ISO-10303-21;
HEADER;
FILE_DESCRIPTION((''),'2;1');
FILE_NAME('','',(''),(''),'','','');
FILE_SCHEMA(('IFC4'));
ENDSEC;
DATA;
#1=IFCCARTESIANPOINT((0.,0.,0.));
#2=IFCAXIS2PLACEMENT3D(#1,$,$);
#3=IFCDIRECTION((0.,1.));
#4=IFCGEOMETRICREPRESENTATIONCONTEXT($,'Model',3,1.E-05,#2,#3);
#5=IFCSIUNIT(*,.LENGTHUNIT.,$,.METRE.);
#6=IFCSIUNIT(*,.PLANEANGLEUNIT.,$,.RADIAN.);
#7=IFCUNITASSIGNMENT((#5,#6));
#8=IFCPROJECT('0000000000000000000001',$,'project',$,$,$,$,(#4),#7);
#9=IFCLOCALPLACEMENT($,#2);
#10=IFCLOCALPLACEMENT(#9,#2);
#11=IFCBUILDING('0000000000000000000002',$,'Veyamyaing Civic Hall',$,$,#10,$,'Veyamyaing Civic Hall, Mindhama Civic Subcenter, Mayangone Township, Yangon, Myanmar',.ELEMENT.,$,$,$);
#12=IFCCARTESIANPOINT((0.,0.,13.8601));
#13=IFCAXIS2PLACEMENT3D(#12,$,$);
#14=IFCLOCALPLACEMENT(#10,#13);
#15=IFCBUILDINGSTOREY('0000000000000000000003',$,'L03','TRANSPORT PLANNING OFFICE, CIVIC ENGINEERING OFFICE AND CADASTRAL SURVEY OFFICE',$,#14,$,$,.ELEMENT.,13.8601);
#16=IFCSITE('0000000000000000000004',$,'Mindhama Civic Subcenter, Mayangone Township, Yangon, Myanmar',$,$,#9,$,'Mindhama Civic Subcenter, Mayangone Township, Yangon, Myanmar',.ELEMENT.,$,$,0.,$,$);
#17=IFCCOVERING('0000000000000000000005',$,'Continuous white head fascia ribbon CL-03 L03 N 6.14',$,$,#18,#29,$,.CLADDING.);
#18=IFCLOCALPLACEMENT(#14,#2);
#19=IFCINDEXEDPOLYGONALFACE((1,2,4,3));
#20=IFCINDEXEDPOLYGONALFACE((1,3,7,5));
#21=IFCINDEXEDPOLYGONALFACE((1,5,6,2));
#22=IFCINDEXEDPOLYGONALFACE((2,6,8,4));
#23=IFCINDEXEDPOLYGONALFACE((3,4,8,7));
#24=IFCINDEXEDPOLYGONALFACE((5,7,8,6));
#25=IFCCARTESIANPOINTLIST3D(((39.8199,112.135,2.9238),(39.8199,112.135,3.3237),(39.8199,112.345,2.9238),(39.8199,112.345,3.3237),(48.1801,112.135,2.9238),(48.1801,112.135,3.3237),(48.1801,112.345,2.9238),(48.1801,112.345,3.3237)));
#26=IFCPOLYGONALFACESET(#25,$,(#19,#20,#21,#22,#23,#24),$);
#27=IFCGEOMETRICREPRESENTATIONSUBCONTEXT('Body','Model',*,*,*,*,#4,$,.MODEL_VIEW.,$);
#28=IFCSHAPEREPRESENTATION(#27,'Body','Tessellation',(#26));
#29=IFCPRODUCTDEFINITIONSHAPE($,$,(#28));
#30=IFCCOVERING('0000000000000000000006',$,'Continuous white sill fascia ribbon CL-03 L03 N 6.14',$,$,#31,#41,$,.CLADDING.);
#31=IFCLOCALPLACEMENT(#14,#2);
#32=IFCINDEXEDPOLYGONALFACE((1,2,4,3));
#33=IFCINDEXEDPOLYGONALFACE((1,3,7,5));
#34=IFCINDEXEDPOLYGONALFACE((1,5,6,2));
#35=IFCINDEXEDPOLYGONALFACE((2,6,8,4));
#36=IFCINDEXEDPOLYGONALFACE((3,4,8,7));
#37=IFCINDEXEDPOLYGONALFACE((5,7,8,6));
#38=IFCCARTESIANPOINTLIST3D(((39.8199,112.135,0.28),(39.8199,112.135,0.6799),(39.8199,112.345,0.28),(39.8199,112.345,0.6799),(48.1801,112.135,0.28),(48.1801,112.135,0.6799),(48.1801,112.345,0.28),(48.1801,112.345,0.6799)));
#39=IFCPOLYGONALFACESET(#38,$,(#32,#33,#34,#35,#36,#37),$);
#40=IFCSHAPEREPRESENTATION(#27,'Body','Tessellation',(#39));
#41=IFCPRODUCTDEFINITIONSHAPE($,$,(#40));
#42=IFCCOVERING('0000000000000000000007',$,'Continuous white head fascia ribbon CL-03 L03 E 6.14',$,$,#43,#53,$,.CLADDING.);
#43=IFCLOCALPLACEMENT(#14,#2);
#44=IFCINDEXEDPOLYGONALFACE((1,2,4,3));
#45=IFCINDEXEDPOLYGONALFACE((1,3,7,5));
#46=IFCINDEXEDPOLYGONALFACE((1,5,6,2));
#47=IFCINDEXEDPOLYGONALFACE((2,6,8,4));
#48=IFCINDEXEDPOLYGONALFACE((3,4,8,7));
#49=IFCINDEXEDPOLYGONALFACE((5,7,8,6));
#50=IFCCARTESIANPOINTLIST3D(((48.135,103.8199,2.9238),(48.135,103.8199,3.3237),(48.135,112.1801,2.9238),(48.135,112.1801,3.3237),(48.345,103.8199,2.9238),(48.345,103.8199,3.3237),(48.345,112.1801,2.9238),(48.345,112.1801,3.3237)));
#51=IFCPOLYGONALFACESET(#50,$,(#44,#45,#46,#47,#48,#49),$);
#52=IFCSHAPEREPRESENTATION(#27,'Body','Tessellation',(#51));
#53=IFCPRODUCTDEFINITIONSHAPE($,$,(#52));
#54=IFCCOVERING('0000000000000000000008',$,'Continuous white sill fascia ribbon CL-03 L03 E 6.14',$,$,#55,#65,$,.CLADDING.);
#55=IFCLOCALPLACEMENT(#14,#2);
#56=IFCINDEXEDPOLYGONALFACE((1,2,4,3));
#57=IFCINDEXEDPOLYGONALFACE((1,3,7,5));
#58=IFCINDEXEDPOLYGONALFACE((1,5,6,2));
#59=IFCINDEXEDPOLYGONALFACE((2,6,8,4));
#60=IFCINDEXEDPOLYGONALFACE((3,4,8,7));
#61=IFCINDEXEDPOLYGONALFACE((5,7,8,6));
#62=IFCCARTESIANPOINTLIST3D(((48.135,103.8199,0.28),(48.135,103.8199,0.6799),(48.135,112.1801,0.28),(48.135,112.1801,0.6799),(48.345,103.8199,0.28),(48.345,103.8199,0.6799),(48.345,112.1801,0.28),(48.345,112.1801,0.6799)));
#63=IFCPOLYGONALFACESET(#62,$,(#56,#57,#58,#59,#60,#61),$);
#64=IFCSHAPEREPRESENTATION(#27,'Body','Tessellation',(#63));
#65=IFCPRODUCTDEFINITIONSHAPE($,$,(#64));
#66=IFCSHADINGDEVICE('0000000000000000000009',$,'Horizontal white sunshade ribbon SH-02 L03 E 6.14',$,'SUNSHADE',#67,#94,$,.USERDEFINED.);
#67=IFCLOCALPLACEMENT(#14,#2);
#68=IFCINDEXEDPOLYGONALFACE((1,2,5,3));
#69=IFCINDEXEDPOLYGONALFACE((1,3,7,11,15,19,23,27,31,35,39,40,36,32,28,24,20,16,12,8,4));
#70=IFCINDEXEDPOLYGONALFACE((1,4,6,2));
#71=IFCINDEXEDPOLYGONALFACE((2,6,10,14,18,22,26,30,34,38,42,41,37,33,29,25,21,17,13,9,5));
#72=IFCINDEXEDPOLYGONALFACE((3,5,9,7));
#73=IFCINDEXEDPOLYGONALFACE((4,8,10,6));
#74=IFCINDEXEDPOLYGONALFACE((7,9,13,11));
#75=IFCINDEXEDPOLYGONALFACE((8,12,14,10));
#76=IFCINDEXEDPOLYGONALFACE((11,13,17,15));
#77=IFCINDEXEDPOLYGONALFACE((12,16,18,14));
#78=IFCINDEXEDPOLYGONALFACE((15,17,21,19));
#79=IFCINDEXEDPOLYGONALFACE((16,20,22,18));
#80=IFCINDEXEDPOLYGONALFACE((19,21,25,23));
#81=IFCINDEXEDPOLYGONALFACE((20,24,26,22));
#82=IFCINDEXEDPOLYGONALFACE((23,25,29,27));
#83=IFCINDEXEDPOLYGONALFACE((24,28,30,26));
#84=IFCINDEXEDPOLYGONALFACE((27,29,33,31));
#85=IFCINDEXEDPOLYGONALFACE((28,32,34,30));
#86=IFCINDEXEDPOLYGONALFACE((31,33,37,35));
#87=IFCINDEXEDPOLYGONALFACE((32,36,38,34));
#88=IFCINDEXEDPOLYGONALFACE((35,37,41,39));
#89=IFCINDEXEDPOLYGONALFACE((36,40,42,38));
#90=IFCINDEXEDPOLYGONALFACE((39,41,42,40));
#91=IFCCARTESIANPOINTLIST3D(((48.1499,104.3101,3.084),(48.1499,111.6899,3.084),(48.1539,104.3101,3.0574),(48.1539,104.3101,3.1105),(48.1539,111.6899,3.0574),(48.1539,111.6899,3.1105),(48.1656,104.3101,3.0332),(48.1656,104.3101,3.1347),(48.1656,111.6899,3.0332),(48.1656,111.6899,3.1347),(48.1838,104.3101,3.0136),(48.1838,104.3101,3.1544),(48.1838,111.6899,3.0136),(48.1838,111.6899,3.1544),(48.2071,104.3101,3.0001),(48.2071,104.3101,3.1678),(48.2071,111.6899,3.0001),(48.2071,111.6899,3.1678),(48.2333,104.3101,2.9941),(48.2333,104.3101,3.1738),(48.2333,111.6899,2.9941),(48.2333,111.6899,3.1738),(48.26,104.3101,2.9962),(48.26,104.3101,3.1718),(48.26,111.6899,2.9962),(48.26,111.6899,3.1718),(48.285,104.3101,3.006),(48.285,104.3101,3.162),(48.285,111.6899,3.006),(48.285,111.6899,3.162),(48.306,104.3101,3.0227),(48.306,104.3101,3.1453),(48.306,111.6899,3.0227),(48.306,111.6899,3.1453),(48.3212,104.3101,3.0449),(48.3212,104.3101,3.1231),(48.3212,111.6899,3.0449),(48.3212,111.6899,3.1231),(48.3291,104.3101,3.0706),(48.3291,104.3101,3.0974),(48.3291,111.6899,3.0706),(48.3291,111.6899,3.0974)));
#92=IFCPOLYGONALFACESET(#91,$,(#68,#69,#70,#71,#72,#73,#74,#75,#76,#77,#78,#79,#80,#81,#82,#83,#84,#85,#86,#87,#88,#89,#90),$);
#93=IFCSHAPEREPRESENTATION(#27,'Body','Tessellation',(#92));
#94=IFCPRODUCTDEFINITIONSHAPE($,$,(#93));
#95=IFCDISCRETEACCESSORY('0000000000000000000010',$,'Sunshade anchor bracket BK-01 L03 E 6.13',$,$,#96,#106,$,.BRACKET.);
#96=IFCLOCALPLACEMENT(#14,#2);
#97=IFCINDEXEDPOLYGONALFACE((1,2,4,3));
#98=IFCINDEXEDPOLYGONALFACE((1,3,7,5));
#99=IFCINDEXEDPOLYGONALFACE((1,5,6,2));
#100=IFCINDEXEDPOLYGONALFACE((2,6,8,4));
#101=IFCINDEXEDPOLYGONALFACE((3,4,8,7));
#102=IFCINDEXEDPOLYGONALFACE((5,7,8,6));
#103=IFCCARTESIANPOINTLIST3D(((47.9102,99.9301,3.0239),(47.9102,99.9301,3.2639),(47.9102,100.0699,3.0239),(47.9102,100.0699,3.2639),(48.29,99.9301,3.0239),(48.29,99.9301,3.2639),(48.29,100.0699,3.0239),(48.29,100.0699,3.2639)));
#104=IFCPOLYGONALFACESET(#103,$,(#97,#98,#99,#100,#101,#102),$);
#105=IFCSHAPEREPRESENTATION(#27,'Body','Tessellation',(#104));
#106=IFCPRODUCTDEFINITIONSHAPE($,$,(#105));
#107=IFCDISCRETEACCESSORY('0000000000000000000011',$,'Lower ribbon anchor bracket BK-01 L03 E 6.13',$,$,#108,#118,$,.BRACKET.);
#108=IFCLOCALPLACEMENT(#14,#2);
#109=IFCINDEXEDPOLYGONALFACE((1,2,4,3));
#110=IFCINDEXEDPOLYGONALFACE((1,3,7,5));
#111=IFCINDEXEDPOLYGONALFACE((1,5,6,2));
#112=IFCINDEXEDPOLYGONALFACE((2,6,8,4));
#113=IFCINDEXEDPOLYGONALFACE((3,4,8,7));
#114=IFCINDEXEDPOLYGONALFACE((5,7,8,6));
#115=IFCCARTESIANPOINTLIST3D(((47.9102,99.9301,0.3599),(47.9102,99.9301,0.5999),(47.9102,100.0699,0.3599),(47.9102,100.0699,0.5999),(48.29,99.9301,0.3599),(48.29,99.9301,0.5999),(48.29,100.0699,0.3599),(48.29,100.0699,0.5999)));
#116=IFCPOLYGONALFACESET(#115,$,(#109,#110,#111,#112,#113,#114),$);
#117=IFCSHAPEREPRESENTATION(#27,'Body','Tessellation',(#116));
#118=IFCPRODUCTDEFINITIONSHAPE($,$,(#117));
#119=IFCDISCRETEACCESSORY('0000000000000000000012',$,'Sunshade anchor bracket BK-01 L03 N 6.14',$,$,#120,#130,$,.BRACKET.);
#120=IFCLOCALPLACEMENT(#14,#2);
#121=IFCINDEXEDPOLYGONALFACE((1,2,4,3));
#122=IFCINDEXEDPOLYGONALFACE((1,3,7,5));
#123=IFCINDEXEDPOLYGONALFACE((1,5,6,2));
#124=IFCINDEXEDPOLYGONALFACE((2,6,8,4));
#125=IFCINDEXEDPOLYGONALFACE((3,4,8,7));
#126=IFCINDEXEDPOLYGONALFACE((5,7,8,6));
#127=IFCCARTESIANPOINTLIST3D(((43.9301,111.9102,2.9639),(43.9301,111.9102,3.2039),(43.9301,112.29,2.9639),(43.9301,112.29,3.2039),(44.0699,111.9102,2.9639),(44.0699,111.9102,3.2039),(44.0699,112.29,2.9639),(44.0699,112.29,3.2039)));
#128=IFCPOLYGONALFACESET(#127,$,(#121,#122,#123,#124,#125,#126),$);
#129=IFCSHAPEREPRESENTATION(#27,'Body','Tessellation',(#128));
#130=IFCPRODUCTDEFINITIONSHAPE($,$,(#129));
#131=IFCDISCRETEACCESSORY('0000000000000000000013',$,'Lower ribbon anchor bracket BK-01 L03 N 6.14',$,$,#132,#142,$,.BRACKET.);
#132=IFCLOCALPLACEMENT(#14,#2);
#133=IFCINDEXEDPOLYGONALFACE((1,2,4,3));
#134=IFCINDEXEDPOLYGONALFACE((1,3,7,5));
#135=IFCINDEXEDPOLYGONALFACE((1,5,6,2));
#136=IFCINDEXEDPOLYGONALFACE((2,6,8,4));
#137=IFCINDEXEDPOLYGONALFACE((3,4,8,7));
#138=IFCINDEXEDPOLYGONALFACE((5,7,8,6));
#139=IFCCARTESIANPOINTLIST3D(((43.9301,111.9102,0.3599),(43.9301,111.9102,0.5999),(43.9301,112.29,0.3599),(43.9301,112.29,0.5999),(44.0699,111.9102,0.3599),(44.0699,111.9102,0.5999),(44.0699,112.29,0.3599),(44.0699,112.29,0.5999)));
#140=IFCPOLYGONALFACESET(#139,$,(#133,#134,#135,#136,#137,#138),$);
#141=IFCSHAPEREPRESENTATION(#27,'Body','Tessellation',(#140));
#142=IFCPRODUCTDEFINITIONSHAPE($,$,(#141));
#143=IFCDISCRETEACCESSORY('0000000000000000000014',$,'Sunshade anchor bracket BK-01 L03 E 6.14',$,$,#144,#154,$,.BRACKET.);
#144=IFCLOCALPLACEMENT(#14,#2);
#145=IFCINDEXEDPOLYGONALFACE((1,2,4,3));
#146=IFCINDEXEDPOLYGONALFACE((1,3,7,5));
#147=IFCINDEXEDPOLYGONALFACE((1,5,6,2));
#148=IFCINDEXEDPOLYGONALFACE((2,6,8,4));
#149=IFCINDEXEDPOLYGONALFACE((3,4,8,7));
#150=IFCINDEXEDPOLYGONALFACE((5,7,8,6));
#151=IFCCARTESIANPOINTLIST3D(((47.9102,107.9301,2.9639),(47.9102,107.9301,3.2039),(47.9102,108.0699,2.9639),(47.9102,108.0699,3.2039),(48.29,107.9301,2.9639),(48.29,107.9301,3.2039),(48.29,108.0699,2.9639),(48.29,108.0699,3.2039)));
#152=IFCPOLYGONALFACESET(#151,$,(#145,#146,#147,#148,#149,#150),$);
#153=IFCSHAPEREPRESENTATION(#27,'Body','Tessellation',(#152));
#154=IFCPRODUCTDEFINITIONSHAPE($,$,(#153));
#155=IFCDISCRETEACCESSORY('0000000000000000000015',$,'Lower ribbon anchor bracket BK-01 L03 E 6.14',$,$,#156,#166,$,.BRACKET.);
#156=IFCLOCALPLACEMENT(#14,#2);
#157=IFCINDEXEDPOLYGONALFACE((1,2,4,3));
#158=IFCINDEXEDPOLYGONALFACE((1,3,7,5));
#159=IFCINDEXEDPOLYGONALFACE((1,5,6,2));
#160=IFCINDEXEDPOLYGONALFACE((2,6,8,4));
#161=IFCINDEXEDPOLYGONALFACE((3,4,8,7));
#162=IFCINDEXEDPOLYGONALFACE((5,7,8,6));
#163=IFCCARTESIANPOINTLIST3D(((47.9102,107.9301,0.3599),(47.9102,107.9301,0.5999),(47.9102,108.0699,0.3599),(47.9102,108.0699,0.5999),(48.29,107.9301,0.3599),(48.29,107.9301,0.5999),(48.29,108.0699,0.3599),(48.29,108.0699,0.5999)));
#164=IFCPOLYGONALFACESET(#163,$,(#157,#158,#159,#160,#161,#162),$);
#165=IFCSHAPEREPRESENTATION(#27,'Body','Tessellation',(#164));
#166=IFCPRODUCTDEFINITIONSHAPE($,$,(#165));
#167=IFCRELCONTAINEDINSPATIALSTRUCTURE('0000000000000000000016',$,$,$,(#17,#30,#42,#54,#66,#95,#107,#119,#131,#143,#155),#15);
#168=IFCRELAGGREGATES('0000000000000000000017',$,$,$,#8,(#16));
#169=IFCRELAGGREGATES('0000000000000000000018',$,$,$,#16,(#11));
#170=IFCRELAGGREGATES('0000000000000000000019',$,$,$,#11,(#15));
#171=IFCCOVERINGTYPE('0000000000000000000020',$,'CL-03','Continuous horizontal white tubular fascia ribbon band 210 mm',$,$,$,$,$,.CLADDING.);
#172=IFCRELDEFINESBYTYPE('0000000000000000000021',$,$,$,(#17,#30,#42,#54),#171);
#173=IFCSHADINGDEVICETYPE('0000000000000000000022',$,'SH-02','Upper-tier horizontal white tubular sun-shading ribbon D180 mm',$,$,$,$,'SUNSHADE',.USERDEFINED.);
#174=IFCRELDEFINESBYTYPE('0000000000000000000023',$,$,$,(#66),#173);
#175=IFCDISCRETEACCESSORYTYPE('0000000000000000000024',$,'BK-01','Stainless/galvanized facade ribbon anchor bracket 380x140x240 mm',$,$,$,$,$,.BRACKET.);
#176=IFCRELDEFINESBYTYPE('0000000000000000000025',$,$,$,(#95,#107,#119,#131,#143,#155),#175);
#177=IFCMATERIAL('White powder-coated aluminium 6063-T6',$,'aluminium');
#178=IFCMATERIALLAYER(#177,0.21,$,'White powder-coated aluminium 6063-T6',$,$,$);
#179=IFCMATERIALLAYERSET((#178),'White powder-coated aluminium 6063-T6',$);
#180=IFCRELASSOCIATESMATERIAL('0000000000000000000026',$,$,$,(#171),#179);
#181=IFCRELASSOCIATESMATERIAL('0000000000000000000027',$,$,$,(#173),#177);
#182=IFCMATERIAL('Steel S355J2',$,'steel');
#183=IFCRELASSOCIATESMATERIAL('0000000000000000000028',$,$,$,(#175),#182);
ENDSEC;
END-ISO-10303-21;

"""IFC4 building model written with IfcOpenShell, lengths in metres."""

from ifc_helpers import new_model, si_unit, direction, frame, origin, origin_2d, place, context, subcontext, project, spatial, rectangle, circle, extrude, material, layer, layer_set, material_profile, profile_set, type_object, element, save


model = new_model("IFC4")

# Units and contexts
model_context = context("Model", 3, precision=1e-05, world=origin(), true_north=direction((0.0, 1.0)))
body_context = subcontext(model_context, "Body", "Model", "MODEL_VIEW")
ifc_project = project(units=[si_unit("LENGTHUNIT", "METRE"), si_unit("PLANEANGLEUNIT", "RADIAN")], contexts=[model_context])

# Site, building, storey
site_placement = place(None, origin())
site = spatial("IfcSite", under=ifc_project, at=site_placement, Name="Mindhama Civic Subcenter, Mayangone Township, Yangon, Myanmar", LongName="Mindhama Civic Subcenter, Mayangone Township, Yangon, Myanmar", CompositionType="ELEMENT", RefElevation=0.0)
building_placement = place(site_placement, origin())
building = spatial("IfcBuilding", under=site, at=building_placement, Name="Veyamyaing Civic Hall", LongName="Veyamyaing Civic Hall, Mindhama Civic Subcenter, Mayangone Township, Yangon, Myanmar", CompositionType="ELEMENT")
storey_placement = place(building_placement, frame((0.0, 0.0, 13.8601)))
storey = spatial("IfcBuildingStorey", under=building, at=storey_placement, Name="L03", Description="TRANSPORT PLANNING OFFICE, CIVIC ENGINEERING OFFICE AND CADASTRAL SURVEY OFFICE", CompositionType="ELEMENT", Elevation=13.8601)

# Coverings
ifc_material_1 = material(Name="White powder-coated aluminium 6063-T6", Category="aluminium")
ifc_layer_1 = layer(ifc_material_1, 0.21, Name="White powder-coated aluminium 6063-T6")
ifc_layer_set_1 = layer_set([ifc_layer_1], Name="White powder-coated aluminium 6063-T6")
covering_type_1 = type_object("IfcCoveringType", Name="CL-03", Description="Continuous horizontal white tubular fascia ribbon band 210 mm", PredefinedType="CLADDING", material=ifc_layer_set_1)
for number, where, z_axis, x_axis, name in (
    (1, (44.0, 112.24, 2.9238), (0.0, 0.0, 1.0), (1.0, 0.0, 0.0), "Continuous white head fascia ribbon CL-03 L03 N 6.14"),
    (2, (44.0, 112.24, 0.28), (0.0, 0.0, 1.0), (1.0, 0.0, 0.0), "Continuous white sill fascia ribbon CL-03 L03 N 6.14"),
    (3, (48.24, 108.0, 2.9238), (0.0, 0.0, 1.0), (0.0, 1.0, 0.0), "Continuous white head fascia ribbon CL-03 L03 E 6.14"),
    (4, (48.24, 108.0, 0.28), (0.0, 0.0, 1.0), (0.0, 1.0, 0.0), "Continuous white sill fascia ribbon CL-03 L03 E 6.14"),
):
    element("IfcCovering", number, at=place(storey_placement, frame(where, z_axis=z_axis, x_axis=x_axis)), inside=storey, type_object=covering_type_1, Name=name, PredefinedType="CLADDING", context=body_context, shape_type="SweptSolid", body=[
        extrude(rectangle(XDim=8.3601, YDim=0.21, at=origin_2d()), origin(), (0.0, 0.0, 1.0), 0.3999),
    ])

# Shading device
ifc_material_profile_1 = material_profile(ifc_material_1, circle(Radius=0.0901, at=origin_2d()), Name="SHADE-TUBE-180")
ifc_profile_set_1 = profile_set([ifc_material_profile_1], Name="White powder-coated aluminium 6063-T6")
shading_device_type = type_object("IfcShadingDeviceType", Name="SH-02", Description="Upper-tier horizontal white tubular sun-shading ribbon D180 mm", ElementType="SUNSHADE", PredefinedType="USERDEFINED", material=ifc_profile_set_1)
shading_device_placement = place(storey_placement, frame((48.24, 104.3101, 3.084), z_axis=(0.0, 1.0, 0.0), x_axis=(-1.0, 0.0, 0.0)))
element("IfcShadingDevice", 5, at=shading_device_placement, inside=storey, type_object=shading_device_type, Name="Horizontal white sunshade ribbon SH-02 L03 E 6.14", ObjectType="SUNSHADE", PredefinedType="USERDEFINED", context=body_context, shape_type="SweptSolid", body=[
    extrude(circle(Radius=0.0901, at=origin_2d()), origin(), (0.0, 0.0, 1.0), 7.3799),
])

# Discrete accessories
ifc_material_2 = material(Name="Steel S355J2", Category="steel")
discrete_accessory_type = type_object("IfcDiscreteAccessoryType", Name="BK-01", Description="Stainless/galvanized facade ribbon anchor bracket 380x140x240 mm", PredefinedType="BRACKET", material=ifc_material_2)
for number, where, z_axis, x_axis, name in (
    (6, (48.1001, 100.0, 3.0239), (0.0, 0.0, 1.0), (1.0, 0.0, 0.0), "Sunshade anchor bracket BK-01 L03 E 6.13"),
    (7, (48.1001, 100.0, 0.3599), (0.0, 0.0, 1.0), (1.0, 0.0, 0.0), "Lower ribbon anchor bracket BK-01 L03 E 6.13"),
    (8, (44.0, 112.1001, 2.9639), (0.0, 0.0, 1.0), (0.0, 1.0, 0.0), "Sunshade anchor bracket BK-01 L03 N 6.14"),
    (9, (44.0, 112.1001, 0.3599), (0.0, 0.0, 1.0), (0.0, 1.0, 0.0), "Lower ribbon anchor bracket BK-01 L03 N 6.14"),
    (10, (48.1001, 108.0, 2.9639), (0.0, 0.0, 1.0), (1.0, 0.0, 0.0), "Sunshade anchor bracket BK-01 L03 E 6.14"),
    (11, (48.1001, 108.0, 0.3599), (0.0, 0.0, 1.0), (1.0, 0.0, 0.0), "Lower ribbon anchor bracket BK-01 L03 E 6.14"),
):
    element("IfcDiscreteAccessory", number, at=place(storey_placement, frame(where, z_axis=z_axis, x_axis=x_axis)), inside=storey, type_object=discrete_accessory_type, Name=name, PredefinedType="BRACKET", context=body_context, shape_type="SweptSolid", body=[
        extrude(rectangle(XDim=0.3799, YDim=0.1399, at=origin_2d()), origin(), (0.0, 0.0, 1.0), 0.24),
    ])

save(model, "model.ifc")
